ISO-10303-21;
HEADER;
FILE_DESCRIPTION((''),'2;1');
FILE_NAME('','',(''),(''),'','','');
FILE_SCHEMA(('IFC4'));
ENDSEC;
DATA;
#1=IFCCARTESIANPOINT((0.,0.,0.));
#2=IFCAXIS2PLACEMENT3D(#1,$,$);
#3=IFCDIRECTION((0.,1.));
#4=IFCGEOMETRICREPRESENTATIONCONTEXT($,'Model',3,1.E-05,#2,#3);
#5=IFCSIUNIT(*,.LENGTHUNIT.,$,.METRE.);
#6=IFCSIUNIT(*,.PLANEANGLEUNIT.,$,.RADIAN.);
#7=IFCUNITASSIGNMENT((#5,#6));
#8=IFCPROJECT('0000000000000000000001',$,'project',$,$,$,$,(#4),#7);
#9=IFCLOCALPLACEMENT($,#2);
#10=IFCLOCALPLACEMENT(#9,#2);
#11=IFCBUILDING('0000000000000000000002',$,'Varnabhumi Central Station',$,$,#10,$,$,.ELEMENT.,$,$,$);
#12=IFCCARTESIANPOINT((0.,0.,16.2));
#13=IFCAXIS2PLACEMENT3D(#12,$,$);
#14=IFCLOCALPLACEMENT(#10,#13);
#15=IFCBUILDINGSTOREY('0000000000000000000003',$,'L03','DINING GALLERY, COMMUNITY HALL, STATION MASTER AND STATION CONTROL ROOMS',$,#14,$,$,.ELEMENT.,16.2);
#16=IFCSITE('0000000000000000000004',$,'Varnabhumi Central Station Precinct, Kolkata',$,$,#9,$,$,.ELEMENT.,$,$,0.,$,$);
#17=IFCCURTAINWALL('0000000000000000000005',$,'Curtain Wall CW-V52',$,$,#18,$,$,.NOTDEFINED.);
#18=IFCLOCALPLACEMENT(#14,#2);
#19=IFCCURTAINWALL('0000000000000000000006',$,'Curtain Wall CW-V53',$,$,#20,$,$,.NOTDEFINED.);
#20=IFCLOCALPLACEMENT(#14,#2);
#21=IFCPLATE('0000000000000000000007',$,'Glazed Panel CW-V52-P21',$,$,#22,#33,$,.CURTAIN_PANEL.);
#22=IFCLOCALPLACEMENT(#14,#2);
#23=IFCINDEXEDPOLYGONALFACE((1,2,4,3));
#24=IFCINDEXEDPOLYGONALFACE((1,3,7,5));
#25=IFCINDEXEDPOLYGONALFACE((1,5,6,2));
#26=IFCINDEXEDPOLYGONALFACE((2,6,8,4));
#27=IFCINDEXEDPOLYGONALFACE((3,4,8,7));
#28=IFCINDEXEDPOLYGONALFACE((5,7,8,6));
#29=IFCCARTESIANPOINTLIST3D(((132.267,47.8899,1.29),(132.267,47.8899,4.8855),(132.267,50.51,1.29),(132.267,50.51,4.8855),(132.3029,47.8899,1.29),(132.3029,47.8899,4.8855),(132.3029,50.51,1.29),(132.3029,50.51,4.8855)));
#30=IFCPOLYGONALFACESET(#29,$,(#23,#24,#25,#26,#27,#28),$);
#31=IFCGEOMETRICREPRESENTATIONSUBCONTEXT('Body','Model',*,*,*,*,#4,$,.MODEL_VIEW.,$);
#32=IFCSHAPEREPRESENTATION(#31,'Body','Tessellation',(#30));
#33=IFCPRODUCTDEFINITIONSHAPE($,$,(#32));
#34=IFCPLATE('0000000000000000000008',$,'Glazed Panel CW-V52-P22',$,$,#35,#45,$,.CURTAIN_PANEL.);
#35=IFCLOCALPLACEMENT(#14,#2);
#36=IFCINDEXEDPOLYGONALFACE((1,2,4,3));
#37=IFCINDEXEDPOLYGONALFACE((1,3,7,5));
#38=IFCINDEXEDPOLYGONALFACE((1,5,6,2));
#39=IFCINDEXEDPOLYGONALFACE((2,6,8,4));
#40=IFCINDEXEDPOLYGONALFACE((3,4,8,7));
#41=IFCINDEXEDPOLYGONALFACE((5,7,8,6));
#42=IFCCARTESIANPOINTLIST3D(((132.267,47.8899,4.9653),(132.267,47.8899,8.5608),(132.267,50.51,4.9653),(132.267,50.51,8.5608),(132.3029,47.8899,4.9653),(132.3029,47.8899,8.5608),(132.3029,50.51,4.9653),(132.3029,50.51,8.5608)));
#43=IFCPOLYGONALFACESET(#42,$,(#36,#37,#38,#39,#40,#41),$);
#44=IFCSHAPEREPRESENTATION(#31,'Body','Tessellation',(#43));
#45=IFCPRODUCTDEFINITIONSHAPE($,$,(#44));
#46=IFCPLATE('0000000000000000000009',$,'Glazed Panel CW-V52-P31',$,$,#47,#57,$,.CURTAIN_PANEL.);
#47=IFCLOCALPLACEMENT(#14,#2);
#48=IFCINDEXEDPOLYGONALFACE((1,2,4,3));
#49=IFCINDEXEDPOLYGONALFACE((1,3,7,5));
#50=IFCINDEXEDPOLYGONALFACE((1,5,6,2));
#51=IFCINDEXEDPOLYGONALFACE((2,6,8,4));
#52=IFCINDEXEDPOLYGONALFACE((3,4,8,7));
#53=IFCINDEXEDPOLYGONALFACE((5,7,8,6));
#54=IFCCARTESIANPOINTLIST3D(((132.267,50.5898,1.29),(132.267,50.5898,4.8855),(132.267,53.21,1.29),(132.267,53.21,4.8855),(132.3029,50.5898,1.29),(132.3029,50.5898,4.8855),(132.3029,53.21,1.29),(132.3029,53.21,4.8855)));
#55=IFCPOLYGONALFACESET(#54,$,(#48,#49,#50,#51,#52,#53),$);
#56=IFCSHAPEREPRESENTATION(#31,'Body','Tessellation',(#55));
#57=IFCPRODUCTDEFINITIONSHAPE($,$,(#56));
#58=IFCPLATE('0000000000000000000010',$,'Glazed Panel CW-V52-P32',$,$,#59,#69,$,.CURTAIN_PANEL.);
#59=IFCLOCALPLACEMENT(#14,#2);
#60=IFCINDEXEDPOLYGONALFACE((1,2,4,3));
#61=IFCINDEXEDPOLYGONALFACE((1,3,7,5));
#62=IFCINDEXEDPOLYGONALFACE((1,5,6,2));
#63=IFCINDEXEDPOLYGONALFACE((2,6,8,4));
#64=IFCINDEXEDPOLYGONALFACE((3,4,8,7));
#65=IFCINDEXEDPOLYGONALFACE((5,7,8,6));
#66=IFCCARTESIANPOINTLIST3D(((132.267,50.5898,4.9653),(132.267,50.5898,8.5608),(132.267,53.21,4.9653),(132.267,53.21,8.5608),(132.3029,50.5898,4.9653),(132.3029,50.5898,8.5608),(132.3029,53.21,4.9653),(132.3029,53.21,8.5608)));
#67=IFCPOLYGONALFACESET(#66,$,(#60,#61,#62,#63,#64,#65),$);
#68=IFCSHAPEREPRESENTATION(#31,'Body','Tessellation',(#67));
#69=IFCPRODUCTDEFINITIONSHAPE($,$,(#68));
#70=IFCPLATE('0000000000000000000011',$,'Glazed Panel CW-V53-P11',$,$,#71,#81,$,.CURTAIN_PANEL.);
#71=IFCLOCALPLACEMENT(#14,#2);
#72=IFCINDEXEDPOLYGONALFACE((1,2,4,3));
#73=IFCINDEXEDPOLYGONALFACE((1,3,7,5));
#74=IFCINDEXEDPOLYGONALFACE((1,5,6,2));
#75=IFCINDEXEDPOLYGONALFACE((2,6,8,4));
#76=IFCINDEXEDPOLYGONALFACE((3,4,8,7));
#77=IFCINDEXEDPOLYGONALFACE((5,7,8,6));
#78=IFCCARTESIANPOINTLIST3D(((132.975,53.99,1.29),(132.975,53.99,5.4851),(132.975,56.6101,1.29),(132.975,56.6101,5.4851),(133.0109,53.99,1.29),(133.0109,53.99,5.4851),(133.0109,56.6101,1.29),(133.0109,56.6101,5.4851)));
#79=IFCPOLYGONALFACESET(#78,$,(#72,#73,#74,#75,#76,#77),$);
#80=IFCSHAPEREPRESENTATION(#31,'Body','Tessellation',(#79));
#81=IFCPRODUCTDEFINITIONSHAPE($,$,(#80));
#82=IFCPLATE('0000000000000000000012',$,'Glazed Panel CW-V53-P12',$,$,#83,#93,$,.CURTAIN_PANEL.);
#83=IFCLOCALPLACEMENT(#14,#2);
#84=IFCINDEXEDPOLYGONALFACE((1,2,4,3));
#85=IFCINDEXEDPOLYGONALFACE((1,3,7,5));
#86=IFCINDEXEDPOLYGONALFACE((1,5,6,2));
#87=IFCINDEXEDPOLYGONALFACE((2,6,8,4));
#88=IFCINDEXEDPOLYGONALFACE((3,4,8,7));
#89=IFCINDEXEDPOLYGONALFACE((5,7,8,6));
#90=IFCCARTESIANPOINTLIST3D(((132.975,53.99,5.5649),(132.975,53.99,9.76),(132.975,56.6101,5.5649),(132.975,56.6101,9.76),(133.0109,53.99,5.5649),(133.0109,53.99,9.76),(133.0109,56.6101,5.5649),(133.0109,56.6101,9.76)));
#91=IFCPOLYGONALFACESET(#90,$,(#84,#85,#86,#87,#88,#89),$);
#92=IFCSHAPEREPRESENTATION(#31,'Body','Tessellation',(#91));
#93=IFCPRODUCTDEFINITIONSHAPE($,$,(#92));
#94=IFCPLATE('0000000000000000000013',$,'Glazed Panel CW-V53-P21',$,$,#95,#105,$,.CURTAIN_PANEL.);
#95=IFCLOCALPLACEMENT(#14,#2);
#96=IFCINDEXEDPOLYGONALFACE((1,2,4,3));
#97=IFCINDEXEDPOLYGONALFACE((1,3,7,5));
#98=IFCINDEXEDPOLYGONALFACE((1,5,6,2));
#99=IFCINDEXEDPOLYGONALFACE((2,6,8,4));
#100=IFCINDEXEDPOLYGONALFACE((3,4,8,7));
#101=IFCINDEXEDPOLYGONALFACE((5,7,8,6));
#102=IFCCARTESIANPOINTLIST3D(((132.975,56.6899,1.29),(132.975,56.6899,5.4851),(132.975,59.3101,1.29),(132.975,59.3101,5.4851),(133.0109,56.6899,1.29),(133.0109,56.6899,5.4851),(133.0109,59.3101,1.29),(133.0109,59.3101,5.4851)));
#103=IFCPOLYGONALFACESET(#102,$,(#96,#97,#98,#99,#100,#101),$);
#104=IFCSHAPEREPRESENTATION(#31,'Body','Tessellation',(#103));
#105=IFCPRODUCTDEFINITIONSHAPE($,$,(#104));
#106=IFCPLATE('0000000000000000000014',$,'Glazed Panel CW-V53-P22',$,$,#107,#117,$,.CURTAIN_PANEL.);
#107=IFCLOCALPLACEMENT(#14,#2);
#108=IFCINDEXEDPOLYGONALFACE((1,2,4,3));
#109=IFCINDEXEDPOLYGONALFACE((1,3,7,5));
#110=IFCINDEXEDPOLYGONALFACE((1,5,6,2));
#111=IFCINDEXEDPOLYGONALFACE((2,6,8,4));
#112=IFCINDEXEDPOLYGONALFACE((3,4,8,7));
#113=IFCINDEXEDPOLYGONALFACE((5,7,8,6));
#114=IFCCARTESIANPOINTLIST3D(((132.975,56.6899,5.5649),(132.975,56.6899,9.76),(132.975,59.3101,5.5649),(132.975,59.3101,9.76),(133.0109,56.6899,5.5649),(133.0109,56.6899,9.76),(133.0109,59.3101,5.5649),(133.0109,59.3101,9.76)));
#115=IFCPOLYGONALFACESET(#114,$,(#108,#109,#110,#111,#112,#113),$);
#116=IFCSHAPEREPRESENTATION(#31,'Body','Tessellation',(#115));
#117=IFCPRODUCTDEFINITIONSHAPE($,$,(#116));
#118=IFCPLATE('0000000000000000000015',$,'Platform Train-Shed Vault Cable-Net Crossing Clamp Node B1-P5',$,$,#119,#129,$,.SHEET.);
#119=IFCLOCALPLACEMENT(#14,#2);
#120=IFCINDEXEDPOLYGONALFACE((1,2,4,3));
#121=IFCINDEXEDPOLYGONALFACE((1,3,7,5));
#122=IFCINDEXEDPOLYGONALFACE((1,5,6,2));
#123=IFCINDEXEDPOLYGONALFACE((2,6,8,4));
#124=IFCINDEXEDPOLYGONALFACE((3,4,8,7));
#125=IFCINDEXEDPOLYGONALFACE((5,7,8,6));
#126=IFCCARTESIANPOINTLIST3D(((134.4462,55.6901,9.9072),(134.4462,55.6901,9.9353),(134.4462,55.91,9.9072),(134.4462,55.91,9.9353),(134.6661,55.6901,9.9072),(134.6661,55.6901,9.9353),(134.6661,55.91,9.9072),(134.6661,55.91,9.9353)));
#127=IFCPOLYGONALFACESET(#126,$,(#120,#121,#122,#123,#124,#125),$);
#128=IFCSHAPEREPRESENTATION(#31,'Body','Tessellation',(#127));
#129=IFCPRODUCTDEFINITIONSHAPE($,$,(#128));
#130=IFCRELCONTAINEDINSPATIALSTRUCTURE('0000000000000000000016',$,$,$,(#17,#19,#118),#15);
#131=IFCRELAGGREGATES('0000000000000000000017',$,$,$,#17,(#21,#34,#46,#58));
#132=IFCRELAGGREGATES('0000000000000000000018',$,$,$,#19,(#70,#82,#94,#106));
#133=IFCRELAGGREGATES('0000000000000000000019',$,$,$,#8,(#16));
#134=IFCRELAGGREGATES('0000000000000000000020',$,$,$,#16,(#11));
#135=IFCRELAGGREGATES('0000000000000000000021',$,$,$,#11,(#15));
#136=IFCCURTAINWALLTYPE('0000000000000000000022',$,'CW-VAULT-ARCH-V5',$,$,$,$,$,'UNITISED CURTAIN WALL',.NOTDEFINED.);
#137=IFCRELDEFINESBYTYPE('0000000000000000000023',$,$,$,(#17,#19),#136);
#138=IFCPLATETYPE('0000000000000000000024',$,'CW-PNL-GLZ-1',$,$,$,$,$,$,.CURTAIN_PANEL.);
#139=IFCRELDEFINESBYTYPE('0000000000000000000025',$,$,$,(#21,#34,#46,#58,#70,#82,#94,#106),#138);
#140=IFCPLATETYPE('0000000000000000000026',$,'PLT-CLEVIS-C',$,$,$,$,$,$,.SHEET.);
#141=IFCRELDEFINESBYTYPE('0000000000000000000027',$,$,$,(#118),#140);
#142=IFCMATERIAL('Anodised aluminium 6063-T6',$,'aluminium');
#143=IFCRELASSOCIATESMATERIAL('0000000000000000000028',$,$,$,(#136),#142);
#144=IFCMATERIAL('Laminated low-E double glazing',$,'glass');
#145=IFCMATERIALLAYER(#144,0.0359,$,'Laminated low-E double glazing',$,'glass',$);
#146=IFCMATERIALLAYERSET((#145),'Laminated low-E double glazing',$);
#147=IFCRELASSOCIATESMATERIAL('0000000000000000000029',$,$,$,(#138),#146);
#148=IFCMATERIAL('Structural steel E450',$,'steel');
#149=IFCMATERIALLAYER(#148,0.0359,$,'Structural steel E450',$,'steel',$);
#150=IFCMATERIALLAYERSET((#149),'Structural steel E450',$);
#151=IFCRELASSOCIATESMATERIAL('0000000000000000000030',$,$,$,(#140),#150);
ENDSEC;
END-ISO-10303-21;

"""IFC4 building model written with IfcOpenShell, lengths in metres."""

from ifc_helpers import new_model, si_unit, direction, frame, origin, origin_2d, place, context, subcontext, project, spatial, rectangle, extrude, material, layer, layer_set, type_object, element, aggregate, save


model = new_model("IFC4")

# Units and contexts
model_context = context("Model", 3, precision=1e-05, world=origin(), true_north=direction((0.0, 1.0)))
body_context = subcontext(model_context, "Body", "Model", "MODEL_VIEW")
ifc_project = project(units=[si_unit("LENGTHUNIT", "METRE"), si_unit("PLANEANGLEUNIT", "RADIAN")], contexts=[model_context])

# Site, building, storey
site_placement = place(None, origin())
site = spatial("IfcSite", under=ifc_project, at=site_placement, Name="Varnabhumi Central Station Precinct, Kolkata", CompositionType="ELEMENT", RefElevation=0.0)
building_placement = place(site_placement, origin())
building = spatial("IfcBuilding", under=site, at=building_placement, Name="Varnabhumi Central Station", CompositionType="ELEMENT")
storey_placement = place(building_placement, frame((0.0, 0.0, 16.2)))
storey = spatial("IfcBuildingStorey", under=building, at=storey_placement, Name="L03", Description="DINING GALLERY, COMMUNITY HALL, STATION MASTER AND STATION CONTROL ROOMS", CompositionType="ELEMENT", Elevation=16.2)

# Shared definitions
ifc_material_1 = material(Name="Structural steel E450", Category="steel")

# Curtain walls
ifc_material_2 = material(Name="Anodised aluminium 6063-T6", Category="aluminium")
curtain_wall_type = type_object("IfcCurtainWallType", Name="CW-VAULT-ARCH-V5", ElementType="UNITISED CURTAIN WALL", PredefinedType="NOTDEFINED", material=ifc_material_2)
curtain_wall_1_placement = place(storey_placement, origin())
curtain_wall_1 = element("IfcCurtainWall", 1, at=curtain_wall_1_placement, inside=storey, type_object=curtain_wall_type, Name="Curtain Wall CW-V52", PredefinedType="NOTDEFINED")
curtain_wall_2_placement = place(storey_placement, origin())
curtain_wall_2 = element("IfcCurtainWall", 2, at=curtain_wall_2_placement, inside=storey, type_object=curtain_wall_type, Name="Curtain Wall CW-V53", PredefinedType="NOTDEFINED")

# Plates
ifc_material_3 = material(Name="Laminated low-E double glazing", Category="glass")
ifc_layer_1 = layer(ifc_material_3, 0.0359, Name="Laminated low-E double glazing", Category="glass")
ifc_layer_set_1 = layer_set([ifc_layer_1], Name="Laminated low-E double glazing")
plate_type_1 = type_object("IfcPlateType", Name="CW-PNL-GLZ-1", PredefinedType="CURTAIN_PANEL", material=ifc_layer_set_1)
plate_1_placement = place(storey_placement, frame((132.2849, 49.2, 1.29), z_axis=(0.0, 0.0, 1.0), x_axis=(0.0, 1.0, 0.0)))
plate_1 = element("IfcPlate", 3, at=plate_1_placement, type_object=plate_type_1, Name="Glazed Panel CW-V52-P21", PredefinedType="CURTAIN_PANEL", context=body_context, shape_type="SweptSolid", body=[
    extrude(rectangle(XDim=2.6201, YDim=0.0359, at=origin_2d()), origin(), (0.0, 0.0, 1.0), 3.5955),
])
plate_2_placement = place(storey_placement, frame((132.2849, 49.2, 4.9653), z_axis=(0.0, 0.0, 1.0), x_axis=(0.0, 1.0, 0.0)))
plate_2 = element("IfcPlate", 4, at=plate_2_placement, type_object=plate_type_1, Name="Glazed Panel CW-V52-P22", PredefinedType="CURTAIN_PANEL", context=body_context, shape_type="SweptSolid", body=[
    extrude(rectangle(XDim=2.6201, YDim=0.0359, at=origin_2d()), origin(), (0.0, 0.0, 1.0), 3.5955),
])
plate_3_placement = place(storey_placement, frame((132.2849, 51.8999, 1.29), z_axis=(0.0, 0.0, 1.0), x_axis=(0.0, 1.0, 0.0)))
plate_3 = element("IfcPlate", 5, at=plate_3_placement, type_object=plate_type_1, Name="Glazed Panel CW-V52-P31", PredefinedType="CURTAIN_PANEL", context=body_context, shape_type="SweptSolid", body=[
    extrude(rectangle(XDim=2.6201, YDim=0.0359, at=origin_2d()), origin(), (0.0, 0.0, 1.0), 3.5955),
])
plate_4_placement = place(storey_placement, frame((132.2849, 51.8999, 4.9653), z_axis=(0.0, 0.0, 1.0), x_axis=(0.0, 1.0, 0.0)))
plate_4 = element("IfcPlate", 6, at=plate_4_placement, type_object=plate_type_1, Name="Glazed Panel CW-V52-P32", PredefinedType="CURTAIN_PANEL", context=body_context, shape_type="SweptSolid", body=[
    extrude(rectangle(XDim=2.6201, YDim=0.0359, at=origin_2d()), origin(), (0.0, 0.0, 1.0), 3.5955),
])
aggregate(curtain_wall_1, [plate_1, plate_2, plate_3, plate_4])
plate_5_placement = place(storey_placement, frame((132.9929, 55.3, 1.29), z_axis=(0.0, 0.0, 1.0), x_axis=(0.0, 1.0, 0.0)))
plate_5 = element("IfcPlate", 7, at=plate_5_placement, type_object=plate_type_1, Name="Glazed Panel CW-V53-P11", PredefinedType="CURTAIN_PANEL", context=body_context, shape_type="SweptSolid", body=[
    extrude(rectangle(XDim=2.6201, YDim=0.0359, at=origin_2d()), origin(), (0.0, 0.0, 1.0), 4.1951),
])
plate_6_placement = place(storey_placement, frame((132.9929, 55.3, 5.5649), z_axis=(0.0, 0.0, 1.0), x_axis=(0.0, 1.0, 0.0)))
plate_6 = element("IfcPlate", 8, at=plate_6_placement, type_object=plate_type_1, Name="Glazed Panel CW-V53-P12", PredefinedType="CURTAIN_PANEL", context=body_context, shape_type="SweptSolid", body=[
    extrude(rectangle(XDim=2.6201, YDim=0.0359, at=origin_2d()), origin(), (0.0, 0.0, 1.0), 4.1951),
])
plate_7_placement = place(storey_placement, frame((132.9929, 58.0, 1.29), z_axis=(0.0, 0.0, 1.0), x_axis=(0.0, 1.0, 0.0)))
plate_7 = element("IfcPlate", 9, at=plate_7_placement, type_object=plate_type_1, Name="Glazed Panel CW-V53-P21", PredefinedType="CURTAIN_PANEL", context=body_context, shape_type="SweptSolid", body=[
    extrude(rectangle(XDim=2.6201, YDim=0.0359, at=origin_2d()), origin(), (0.0, 0.0, 1.0), 4.1951),
])
plate_8_placement = place(storey_placement, frame((132.9929, 58.0, 5.5649), z_axis=(0.0, 0.0, 1.0), x_axis=(0.0, 1.0, 0.0)))
plate_8 = element("IfcPlate", 10, at=plate_8_placement, type_object=plate_type_1, Name="Glazed Panel CW-V53-P22", PredefinedType="CURTAIN_PANEL", context=body_context, shape_type="SweptSolid", body=[
    extrude(rectangle(XDim=2.6201, YDim=0.0359, at=origin_2d()), origin(), (0.0, 0.0, 1.0), 4.1951),
])
aggregate(curtain_wall_2, [plate_5, plate_6, plate_7, plate_8])
ifc_layer_2 = layer(ifc_material_1, 0.0359, Name="Structural steel E450", Category="steel")
ifc_layer_set_2 = layer_set([ifc_layer_2], Name="Structural steel E450")
plate_type_2 = type_object("IfcPlateType", Name="PLT-CLEVIS-C", PredefinedType="SHEET", material=ifc_layer_set_2)
plate_9_placement = place(storey_placement, frame((134.5562, 55.8, 9.9072), z_axis=(0.0, 0.0, 1.0), x_axis=(1.0, 0.0, 0.0)))
element("IfcPlate", 11, at=plate_9_placement, inside=storey, type_object=plate_type_2, Name="Platform Train-Shed Vault Cable-Net Crossing Clamp Node B1-P5", PredefinedType="SHEET", context=body_context, shape_type="SweptSolid", body=[
    extrude(rectangle(XDim=0.22, YDim=0.22, at=origin_2d()), origin(), (0.0, 0.0, 1.0), 0.0281),
])

save(model, "model.ifc")
